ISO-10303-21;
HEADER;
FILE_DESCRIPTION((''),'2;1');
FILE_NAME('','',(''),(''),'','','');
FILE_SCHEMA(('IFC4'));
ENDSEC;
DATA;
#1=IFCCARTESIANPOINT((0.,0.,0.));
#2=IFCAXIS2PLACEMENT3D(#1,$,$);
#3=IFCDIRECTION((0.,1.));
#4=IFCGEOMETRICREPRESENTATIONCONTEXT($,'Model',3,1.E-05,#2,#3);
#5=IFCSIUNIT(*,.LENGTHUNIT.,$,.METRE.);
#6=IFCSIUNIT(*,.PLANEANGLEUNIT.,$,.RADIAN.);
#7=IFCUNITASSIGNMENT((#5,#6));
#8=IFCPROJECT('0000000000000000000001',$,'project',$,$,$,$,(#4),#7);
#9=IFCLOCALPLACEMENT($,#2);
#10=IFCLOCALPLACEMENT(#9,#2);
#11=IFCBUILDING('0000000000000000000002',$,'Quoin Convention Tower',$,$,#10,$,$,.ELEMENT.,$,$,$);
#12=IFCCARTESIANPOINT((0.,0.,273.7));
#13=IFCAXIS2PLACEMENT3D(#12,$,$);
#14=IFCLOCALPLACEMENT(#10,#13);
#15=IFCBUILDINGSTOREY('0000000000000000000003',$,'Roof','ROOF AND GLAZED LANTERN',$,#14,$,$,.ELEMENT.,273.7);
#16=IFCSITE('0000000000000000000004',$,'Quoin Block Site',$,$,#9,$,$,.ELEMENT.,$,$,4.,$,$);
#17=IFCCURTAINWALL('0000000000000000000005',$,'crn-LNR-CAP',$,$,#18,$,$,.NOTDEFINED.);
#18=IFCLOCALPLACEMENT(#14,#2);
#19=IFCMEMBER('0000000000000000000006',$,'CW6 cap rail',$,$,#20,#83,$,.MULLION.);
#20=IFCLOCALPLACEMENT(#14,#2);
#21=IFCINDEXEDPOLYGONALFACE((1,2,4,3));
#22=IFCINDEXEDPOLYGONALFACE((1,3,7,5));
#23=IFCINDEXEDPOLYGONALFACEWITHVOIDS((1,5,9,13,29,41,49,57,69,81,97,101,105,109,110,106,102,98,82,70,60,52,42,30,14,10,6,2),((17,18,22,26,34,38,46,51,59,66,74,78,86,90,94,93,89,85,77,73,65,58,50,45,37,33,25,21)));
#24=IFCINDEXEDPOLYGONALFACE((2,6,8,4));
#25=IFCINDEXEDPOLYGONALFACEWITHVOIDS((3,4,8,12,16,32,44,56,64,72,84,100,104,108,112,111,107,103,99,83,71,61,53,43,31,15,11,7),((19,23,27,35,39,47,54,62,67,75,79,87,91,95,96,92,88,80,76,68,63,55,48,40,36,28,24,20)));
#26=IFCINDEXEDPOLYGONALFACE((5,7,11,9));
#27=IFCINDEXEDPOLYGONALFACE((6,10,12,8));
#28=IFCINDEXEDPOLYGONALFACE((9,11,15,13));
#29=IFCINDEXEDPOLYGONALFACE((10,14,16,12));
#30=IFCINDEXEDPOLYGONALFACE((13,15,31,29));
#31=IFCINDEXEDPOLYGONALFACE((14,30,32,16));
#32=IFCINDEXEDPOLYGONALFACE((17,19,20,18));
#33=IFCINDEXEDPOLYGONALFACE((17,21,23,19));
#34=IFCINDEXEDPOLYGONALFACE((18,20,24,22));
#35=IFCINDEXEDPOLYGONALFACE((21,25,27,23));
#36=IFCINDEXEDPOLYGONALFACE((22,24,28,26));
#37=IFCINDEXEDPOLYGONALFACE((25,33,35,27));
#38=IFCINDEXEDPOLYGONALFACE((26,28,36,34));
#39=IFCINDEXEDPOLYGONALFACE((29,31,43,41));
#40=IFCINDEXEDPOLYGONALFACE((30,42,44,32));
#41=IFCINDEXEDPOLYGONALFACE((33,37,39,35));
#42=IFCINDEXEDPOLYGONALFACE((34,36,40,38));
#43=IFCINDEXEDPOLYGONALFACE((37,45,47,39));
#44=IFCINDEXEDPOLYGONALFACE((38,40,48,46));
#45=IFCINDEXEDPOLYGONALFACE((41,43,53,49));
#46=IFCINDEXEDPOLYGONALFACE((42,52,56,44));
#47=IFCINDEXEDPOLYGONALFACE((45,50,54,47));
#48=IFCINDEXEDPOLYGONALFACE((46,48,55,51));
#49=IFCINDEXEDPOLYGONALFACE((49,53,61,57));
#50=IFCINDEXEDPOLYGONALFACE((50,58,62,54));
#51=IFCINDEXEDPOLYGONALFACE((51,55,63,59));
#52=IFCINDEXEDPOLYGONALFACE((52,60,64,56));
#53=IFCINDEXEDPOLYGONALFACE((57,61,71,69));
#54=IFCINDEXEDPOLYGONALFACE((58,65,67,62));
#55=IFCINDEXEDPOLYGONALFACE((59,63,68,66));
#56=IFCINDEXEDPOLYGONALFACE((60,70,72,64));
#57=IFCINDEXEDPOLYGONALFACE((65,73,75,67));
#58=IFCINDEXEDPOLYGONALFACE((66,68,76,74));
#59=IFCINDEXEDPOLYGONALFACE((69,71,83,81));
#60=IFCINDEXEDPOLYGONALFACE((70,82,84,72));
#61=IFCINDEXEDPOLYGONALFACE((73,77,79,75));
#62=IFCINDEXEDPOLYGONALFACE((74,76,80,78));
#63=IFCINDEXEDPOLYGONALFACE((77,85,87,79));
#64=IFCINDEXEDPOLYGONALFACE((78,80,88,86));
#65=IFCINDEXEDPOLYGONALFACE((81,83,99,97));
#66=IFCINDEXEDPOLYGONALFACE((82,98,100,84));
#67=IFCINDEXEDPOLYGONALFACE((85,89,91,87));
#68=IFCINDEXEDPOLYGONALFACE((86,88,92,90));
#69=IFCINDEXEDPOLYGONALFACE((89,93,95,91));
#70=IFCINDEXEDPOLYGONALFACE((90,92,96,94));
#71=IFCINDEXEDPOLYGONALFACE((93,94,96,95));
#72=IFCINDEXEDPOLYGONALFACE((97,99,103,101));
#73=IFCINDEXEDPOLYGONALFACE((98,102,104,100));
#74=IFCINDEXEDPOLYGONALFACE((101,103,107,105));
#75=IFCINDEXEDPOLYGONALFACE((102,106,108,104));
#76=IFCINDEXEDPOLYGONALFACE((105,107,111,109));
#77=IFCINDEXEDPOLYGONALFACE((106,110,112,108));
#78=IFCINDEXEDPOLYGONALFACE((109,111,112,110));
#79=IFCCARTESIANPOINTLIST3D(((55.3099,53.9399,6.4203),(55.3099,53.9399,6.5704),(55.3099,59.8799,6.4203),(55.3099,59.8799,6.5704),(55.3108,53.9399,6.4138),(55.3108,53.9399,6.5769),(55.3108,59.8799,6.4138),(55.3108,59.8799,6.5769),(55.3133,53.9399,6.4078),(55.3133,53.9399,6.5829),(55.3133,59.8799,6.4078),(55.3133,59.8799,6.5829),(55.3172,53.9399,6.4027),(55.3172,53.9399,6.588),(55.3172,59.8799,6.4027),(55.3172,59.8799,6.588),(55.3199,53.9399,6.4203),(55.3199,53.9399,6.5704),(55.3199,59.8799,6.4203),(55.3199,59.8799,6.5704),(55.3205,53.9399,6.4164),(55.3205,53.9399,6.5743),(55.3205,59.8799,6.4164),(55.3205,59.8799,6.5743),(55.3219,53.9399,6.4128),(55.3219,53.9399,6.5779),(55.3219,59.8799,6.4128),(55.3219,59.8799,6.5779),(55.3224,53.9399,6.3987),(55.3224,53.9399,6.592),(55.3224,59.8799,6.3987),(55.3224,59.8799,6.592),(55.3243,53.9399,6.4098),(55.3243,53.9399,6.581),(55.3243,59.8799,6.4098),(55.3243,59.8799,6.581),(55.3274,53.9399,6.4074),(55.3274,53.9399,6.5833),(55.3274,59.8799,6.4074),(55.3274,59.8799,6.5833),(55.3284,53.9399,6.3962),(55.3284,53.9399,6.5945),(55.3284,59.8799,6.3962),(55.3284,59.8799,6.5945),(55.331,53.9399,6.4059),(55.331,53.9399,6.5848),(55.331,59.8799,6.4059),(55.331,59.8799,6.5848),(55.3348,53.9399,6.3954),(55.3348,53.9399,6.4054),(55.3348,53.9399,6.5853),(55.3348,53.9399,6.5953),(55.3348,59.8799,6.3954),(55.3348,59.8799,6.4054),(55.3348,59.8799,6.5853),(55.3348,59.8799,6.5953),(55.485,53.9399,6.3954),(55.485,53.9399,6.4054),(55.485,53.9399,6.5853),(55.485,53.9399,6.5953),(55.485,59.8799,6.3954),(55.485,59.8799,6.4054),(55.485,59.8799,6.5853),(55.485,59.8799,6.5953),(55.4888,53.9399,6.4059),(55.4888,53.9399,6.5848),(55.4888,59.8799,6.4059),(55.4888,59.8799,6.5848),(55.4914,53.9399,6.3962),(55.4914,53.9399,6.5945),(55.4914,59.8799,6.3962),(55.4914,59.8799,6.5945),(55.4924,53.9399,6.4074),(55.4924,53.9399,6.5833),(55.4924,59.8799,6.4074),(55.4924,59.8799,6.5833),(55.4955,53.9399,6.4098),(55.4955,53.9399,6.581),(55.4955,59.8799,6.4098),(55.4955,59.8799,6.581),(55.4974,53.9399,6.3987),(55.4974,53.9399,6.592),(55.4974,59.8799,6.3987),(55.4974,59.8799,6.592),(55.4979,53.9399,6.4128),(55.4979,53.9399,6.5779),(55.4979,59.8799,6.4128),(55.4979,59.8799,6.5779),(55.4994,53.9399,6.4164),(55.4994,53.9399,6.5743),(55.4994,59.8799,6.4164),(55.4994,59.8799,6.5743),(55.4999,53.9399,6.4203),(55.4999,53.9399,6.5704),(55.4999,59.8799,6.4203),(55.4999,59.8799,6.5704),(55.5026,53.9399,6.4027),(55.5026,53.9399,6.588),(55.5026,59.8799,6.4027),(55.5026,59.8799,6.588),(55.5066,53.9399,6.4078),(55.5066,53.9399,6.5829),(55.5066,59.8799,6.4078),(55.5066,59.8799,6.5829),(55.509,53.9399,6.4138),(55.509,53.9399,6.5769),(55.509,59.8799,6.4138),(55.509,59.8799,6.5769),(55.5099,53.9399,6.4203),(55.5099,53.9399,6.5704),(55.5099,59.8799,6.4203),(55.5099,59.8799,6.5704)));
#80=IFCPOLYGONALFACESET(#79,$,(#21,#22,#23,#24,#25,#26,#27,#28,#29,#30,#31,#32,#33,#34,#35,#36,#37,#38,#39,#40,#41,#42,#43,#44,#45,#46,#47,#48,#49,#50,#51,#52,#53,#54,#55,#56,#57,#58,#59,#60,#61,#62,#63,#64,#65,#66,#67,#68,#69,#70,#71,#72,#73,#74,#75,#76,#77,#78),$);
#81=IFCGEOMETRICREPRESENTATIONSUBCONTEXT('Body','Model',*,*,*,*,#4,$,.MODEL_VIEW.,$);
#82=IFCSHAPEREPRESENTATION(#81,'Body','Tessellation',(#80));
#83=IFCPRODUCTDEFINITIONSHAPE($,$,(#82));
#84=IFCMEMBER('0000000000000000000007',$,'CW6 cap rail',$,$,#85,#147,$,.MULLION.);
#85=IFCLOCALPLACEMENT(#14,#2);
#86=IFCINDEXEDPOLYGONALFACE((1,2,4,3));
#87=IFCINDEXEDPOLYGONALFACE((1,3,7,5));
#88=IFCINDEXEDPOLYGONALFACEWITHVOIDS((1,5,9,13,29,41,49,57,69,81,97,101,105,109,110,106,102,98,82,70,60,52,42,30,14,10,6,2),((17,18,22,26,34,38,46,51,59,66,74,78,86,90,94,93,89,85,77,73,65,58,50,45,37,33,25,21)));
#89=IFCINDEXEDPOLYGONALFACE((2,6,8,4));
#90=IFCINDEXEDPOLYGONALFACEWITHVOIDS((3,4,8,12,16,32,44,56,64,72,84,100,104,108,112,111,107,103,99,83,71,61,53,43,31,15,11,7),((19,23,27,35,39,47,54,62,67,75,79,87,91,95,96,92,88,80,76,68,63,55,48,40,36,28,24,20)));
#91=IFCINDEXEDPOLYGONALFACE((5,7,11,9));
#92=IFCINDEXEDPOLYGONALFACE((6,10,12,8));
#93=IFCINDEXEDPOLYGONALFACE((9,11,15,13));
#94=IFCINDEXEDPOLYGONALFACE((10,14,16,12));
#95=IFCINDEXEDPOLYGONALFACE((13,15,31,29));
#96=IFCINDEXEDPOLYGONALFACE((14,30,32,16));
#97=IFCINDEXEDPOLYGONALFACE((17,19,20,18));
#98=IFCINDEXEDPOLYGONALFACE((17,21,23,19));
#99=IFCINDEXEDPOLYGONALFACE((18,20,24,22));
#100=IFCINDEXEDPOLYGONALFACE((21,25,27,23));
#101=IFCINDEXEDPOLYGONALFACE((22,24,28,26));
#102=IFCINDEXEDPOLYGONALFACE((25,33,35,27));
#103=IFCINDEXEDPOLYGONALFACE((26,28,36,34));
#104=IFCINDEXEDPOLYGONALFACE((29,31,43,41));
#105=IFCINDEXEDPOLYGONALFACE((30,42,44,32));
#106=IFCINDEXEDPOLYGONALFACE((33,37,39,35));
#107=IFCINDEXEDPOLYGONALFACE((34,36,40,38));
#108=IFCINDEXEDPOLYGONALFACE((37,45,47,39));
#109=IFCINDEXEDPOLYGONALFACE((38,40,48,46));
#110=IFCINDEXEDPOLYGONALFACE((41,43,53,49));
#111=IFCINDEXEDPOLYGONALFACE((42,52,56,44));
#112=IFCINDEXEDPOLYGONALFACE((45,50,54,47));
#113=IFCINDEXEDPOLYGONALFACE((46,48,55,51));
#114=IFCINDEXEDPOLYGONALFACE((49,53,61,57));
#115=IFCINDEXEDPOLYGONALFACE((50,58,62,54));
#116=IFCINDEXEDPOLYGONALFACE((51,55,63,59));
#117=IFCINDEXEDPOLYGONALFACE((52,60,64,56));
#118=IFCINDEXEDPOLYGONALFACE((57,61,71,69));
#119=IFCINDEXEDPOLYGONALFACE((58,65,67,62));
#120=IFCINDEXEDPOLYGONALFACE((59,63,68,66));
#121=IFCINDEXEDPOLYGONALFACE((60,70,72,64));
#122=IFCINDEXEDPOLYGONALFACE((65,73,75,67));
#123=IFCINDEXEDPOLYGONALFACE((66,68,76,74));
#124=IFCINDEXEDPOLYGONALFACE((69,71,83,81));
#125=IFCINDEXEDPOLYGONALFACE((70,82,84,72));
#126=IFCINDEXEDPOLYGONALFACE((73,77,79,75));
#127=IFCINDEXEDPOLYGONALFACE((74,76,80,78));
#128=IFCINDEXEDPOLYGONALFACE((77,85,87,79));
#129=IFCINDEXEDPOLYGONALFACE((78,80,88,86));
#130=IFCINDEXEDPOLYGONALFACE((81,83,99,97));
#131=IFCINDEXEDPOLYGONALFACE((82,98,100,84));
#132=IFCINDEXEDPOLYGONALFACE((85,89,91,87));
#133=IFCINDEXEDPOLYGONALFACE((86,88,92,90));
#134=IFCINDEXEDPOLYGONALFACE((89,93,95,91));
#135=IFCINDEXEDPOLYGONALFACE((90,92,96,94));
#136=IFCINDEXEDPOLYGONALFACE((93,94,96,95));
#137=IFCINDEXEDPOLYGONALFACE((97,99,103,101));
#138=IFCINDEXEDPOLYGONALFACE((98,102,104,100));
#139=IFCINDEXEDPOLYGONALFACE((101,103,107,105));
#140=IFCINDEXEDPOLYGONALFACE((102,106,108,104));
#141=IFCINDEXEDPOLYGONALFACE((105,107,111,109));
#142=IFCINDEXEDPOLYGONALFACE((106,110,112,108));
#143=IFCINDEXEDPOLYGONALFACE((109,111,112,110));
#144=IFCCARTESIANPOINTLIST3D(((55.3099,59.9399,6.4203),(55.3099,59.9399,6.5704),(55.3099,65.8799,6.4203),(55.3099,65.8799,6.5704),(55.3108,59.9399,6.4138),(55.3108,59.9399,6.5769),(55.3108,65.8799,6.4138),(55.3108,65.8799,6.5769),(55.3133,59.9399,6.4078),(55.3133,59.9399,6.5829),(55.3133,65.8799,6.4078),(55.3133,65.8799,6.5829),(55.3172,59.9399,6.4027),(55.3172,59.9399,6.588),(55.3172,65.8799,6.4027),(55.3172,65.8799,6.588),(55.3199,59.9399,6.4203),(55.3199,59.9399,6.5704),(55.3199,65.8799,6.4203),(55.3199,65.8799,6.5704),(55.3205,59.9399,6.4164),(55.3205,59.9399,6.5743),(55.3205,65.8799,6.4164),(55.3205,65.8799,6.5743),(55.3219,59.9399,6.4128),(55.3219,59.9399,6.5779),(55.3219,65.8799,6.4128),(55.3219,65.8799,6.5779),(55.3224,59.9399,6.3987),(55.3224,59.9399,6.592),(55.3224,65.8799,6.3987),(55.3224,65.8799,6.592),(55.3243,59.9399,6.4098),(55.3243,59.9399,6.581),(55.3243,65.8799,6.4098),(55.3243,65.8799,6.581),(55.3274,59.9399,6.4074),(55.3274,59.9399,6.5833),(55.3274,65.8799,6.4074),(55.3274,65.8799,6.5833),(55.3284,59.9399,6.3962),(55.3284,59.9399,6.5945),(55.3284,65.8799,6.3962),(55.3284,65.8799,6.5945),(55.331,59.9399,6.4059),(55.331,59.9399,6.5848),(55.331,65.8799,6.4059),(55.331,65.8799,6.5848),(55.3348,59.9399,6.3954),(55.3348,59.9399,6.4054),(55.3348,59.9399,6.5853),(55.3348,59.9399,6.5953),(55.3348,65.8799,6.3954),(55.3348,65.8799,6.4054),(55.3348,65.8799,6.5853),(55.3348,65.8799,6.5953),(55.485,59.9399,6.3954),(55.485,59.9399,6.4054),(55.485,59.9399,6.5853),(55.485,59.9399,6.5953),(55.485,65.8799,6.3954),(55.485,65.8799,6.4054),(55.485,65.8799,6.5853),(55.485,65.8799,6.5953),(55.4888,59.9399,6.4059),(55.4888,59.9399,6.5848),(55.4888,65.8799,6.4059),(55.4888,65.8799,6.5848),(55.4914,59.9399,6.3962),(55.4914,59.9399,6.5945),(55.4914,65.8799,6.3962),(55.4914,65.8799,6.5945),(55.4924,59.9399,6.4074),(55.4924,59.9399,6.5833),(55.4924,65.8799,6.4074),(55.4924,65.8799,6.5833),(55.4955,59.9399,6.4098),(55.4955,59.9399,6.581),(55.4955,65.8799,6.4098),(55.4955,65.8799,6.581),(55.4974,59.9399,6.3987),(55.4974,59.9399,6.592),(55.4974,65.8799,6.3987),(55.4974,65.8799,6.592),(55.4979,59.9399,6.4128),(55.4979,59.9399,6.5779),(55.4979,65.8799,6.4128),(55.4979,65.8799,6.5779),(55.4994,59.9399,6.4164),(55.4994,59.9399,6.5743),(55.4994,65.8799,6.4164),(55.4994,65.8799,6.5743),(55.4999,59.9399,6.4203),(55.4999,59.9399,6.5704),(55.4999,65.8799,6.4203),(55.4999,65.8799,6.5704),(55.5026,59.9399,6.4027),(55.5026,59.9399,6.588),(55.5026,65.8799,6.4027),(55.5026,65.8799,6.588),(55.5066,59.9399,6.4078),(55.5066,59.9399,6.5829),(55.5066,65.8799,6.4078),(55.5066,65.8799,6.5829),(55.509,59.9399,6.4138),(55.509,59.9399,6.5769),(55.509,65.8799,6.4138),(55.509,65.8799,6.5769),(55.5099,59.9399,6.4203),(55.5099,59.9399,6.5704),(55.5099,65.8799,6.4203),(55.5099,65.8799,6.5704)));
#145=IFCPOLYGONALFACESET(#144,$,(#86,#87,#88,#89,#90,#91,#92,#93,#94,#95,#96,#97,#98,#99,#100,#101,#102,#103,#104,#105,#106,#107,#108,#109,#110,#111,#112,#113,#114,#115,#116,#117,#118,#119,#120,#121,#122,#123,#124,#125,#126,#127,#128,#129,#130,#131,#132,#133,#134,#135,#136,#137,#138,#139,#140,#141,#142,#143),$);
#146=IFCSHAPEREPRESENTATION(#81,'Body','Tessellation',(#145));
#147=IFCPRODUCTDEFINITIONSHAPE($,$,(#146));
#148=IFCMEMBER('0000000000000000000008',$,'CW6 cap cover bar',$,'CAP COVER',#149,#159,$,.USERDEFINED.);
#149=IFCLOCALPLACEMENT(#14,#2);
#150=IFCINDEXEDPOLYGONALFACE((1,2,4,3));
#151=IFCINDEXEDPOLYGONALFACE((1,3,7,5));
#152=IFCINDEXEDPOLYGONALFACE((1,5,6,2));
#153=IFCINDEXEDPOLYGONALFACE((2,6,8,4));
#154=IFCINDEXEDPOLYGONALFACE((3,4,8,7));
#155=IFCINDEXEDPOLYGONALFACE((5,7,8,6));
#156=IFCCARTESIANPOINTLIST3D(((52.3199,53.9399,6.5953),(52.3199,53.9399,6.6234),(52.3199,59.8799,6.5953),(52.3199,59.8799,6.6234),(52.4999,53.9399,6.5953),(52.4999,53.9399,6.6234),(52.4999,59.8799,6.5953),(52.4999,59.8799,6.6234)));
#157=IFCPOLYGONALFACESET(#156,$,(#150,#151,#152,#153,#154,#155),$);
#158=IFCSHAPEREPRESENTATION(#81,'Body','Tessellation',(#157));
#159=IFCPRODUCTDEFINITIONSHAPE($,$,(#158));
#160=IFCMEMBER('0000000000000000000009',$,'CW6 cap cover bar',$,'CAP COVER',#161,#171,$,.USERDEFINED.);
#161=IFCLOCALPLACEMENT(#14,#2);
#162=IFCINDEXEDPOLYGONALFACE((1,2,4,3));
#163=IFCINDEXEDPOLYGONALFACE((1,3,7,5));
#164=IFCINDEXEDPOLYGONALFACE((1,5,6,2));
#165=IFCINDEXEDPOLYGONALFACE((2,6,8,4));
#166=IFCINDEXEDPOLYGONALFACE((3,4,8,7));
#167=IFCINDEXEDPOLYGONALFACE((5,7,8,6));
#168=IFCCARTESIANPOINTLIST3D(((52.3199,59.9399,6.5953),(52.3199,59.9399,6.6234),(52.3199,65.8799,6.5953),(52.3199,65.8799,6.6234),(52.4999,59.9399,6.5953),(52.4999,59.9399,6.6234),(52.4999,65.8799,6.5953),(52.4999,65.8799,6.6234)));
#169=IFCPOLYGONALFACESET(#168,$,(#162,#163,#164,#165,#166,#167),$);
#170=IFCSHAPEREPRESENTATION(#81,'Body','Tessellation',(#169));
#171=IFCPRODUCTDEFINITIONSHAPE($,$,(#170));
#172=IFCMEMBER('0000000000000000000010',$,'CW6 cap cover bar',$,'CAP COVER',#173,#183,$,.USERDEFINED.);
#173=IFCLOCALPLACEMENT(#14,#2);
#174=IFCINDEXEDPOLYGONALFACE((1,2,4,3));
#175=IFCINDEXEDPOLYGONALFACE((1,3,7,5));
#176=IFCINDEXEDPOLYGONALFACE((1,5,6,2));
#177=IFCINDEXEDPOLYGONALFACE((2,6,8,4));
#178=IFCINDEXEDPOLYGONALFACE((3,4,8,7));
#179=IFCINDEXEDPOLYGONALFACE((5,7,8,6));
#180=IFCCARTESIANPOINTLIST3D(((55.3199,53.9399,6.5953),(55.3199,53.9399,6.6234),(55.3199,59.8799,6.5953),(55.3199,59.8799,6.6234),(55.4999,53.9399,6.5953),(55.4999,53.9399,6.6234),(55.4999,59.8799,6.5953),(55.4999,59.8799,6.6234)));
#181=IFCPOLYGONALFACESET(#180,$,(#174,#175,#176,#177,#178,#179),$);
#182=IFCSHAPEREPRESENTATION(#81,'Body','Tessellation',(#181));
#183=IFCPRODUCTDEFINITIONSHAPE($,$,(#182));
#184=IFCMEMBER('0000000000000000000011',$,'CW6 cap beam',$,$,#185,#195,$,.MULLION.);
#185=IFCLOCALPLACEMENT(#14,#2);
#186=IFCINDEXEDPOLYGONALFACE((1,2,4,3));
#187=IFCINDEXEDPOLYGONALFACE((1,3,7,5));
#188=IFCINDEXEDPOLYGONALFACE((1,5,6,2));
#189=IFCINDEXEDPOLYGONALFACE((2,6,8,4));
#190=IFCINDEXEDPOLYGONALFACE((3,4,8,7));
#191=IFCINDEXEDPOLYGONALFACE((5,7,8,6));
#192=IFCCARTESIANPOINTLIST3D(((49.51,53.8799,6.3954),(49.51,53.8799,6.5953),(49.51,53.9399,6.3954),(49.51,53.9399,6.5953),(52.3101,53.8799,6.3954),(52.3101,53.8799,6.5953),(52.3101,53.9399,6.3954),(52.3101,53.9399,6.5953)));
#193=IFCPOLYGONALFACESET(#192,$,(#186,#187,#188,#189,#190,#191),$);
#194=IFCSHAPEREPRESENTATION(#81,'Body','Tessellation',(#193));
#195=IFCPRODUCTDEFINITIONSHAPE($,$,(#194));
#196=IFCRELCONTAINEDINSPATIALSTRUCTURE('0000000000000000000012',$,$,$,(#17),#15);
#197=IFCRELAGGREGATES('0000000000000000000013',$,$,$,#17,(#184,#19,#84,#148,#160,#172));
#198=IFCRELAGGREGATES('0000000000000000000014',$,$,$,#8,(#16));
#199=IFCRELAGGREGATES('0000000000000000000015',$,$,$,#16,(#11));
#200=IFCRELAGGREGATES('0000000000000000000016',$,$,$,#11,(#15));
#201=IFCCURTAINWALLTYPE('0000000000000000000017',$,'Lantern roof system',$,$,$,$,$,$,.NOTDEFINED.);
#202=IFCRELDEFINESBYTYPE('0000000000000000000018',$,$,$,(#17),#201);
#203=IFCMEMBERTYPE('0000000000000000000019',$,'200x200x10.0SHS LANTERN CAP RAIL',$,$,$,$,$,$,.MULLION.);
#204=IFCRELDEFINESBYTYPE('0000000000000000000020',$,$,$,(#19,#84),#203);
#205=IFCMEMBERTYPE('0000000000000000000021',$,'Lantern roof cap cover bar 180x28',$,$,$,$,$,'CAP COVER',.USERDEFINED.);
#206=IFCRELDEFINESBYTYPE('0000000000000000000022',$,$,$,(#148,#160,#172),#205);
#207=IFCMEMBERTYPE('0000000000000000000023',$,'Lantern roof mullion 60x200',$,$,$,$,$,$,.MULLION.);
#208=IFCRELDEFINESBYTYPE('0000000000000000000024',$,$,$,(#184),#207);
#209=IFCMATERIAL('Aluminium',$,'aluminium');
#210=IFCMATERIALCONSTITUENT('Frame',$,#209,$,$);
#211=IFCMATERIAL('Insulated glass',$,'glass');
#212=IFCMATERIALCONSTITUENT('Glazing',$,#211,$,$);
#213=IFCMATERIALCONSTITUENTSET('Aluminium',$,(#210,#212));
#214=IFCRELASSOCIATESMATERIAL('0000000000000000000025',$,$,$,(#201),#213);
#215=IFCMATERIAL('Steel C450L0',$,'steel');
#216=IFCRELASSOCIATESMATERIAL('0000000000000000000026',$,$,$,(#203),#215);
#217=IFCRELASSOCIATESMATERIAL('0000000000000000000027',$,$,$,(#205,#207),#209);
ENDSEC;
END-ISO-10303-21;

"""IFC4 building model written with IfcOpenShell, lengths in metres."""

from ifc_helpers import new_model, si_unit, direction, frame, origin, origin_2d, place, context, subcontext, project, spatial, rectangle, hollow_rectangle, extrude, material, constituent, constituent_set, material_profile, profile_set, type_object, element, aggregate, save


model = new_model("IFC4")

# Units and contexts
model_context = context("Model", 3, precision=1e-05, world=origin(), true_north=direction((0.0, 1.0)))
body_context = subcontext(model_context, "Body", "Model", "MODEL_VIEW")
ifc_project = project(units=[si_unit("LENGTHUNIT", "METRE"), si_unit("PLANEANGLEUNIT", "RADIAN")], contexts=[model_context])

# Site, building, storey
site_placement = place(None, origin())
site = spatial("IfcSite", under=ifc_project, at=site_placement, Name="Quoin Block Site", CompositionType="ELEMENT", RefElevation=4.0)
building_placement = place(site_placement, origin())
building = spatial("IfcBuilding", under=site, at=building_placement, Name="Quoin Convention Tower", CompositionType="ELEMENT")
storey_placement = place(building_placement, frame((0.0, 0.0, 273.7)))
storey = spatial("IfcBuildingStorey", under=building, at=storey_placement, Name="Roof", Description="ROOF AND GLAZED LANTERN", CompositionType="ELEMENT", Elevation=273.7)

# Curtain wall, members
ifc_material_1 = material(Name="Aluminium", Category="aluminium")
ifc_constituent_1 = constituent(ifc_material_1, Name="Frame")
ifc_material_2 = material(Name="Insulated glass", Category="glass")
ifc_constituent_2 = constituent(ifc_material_2, Name="Glazing")
ifc_constituent_set = constituent_set(constituents=[ifc_constituent_1, ifc_constituent_2], Name="Aluminium")
curtain_wall_type = type_object("IfcCurtainWallType", Name="Lantern roof system", PredefinedType="NOTDEFINED", material=ifc_constituent_set)
curtain_wall_placement = place(storey_placement, origin())
curtain_wall = element("IfcCurtainWall", 1, at=curtain_wall_placement, inside=storey, type_object=curtain_wall_type, Name="crn-LNR-CAP", PredefinedType="NOTDEFINED")
ifc_material_3 = material(Name="Steel C450L0", Category="steel")
ifc_material_profile_1 = material_profile(ifc_material_3, hollow_rectangle(XDim=0.2, YDim=0.2, WallThickness=0.01, InnerFilletRadius=0.0149, OuterFilletRadius=0.0249, at=origin_2d()), Name="200x200x10.0SHS")
ifc_profile_set_1 = profile_set([ifc_material_profile_1], Name="Steel C450L0")
member_type_1 = type_object("IfcMemberType", Name="200x200x10.0SHS LANTERN CAP RAIL", PredefinedType="MULLION", material=ifc_profile_set_1)
member_1_placement = place(storey_placement, frame((55.4099, 53.9399, 6.4954), z_axis=(0.0, 1.0, 0.0), x_axis=(-1.0, 0.0, 0.0)))
member_1 = element("IfcMember", 2, at=member_1_placement, type_object=member_type_1, Name="CW6 cap rail", PredefinedType="MULLION", context=body_context, shape_type="SweptSolid", body=[
    extrude(hollow_rectangle(XDim=0.2, YDim=0.2, WallThickness=0.01, InnerFilletRadius=0.0149, OuterFilletRadius=0.0249, at=origin_2d()), origin(), (0.0, 0.0, 1.0), 5.9399),
])
member_2_placement = place(storey_placement, frame((55.4099, 59.9399, 6.4954), z_axis=(0.0, 1.0, 0.0), x_axis=(-1.0, 0.0, 0.0)))
member_2 = element("IfcMember", 3, at=member_2_placement, type_object=member_type_1, Name="CW6 cap rail", PredefinedType="MULLION", context=body_context, shape_type="SweptSolid", body=[
    extrude(hollow_rectangle(XDim=0.2, YDim=0.2, WallThickness=0.01, InnerFilletRadius=0.0149, OuterFilletRadius=0.0249, at=origin_2d()), origin(), (0.0, 0.0, 1.0), 5.9399),
])
ifc_material_profile_2 = material_profile(ifc_material_1, rectangle(XDim=0.0281, YDim=0.1799, at=origin_2d()), Name="Lantern roof cap cover bar 180x28")
ifc_profile_set_2 = profile_set([ifc_material_profile_2], Name="Aluminium")
member_type_2 = type_object("IfcMemberType", Name="Lantern roof cap cover bar 180x28", ElementType="CAP COVER", PredefinedType="USERDEFINED", material=ifc_profile_set_2)
member_3_placement = place(storey_placement, frame((52.4099, 53.9399, 6.6094), z_axis=(0.0, 1.0, 0.0), x_axis=(0.0, 0.0, 1.0)))
member_3 = element("IfcMember", 4, at=member_3_placement, type_object=member_type_2, Name="CW6 cap cover bar", ObjectType="CAP COVER", PredefinedType="USERDEFINED", context=body_context, shape_type="SweptSolid", body=[
    extrude(rectangle(XDim=0.0281, YDim=0.1799, at=origin_2d()), origin(), (0.0, 0.0, 1.0), 5.9399),
])
member_4_placement = place(storey_placement, frame((52.4099, 59.9399, 6.6094), z_axis=(0.0, 1.0, 0.0), x_axis=(0.0, 0.0, 1.0)))
member_4 = element("IfcMember", 5, at=member_4_placement, type_object=member_type_2, Name="CW6 cap cover bar", ObjectType="CAP COVER", PredefinedType="USERDEFINED", context=body_context, shape_type="SweptSolid", body=[
    extrude(rectangle(XDim=0.0281, YDim=0.1799, at=origin_2d()), origin(), (0.0, 0.0, 1.0), 5.9399),
])
member_5_placement = place(storey_placement, frame((55.4099, 53.9399, 6.6094), z_axis=(0.0, 1.0, 0.0), x_axis=(0.0, 0.0, 1.0)))
member_5 = element("IfcMember", 6, at=member_5_placement, type_object=member_type_2, Name="CW6 cap cover bar", ObjectType="CAP COVER", PredefinedType="USERDEFINED", context=body_context, shape_type="SweptSolid", body=[
    extrude(rectangle(XDim=0.0281, YDim=0.1799, at=origin_2d()), origin(), (0.0, 0.0, 1.0), 5.9399),
])
ifc_material_profile_3 = material_profile(ifc_material_1, rectangle(XDim=0.2, YDim=0.0601, at=origin_2d()), Name="Lantern roof mullion 60x200")
ifc_profile_set_3 = profile_set([ifc_material_profile_3], Name="Aluminium")
member_type_3 = type_object("IfcMemberType", Name="Lantern roof mullion 60x200", PredefinedType="MULLION", material=ifc_profile_set_3)
member_6_placement = place(storey_placement, frame((49.51, 53.9099, 6.4954), z_axis=(1.0, 0.0, 0.0), x_axis=(0.0, 0.0, 1.0)))
member_6 = element("IfcMember", 7, at=member_6_placement, type_object=member_type_3, Name="CW6 cap beam", PredefinedType="MULLION", context=body_context, shape_type="SweptSolid", body=[
    extrude(rectangle(XDim=0.2, YDim=0.0601, at=origin_2d()), origin(), (0.0, 0.0, 1.0), 2.8),
])
aggregate(curtain_wall, [member_6, member_1, member_2, member_3, member_4, member_5])

save(model, "model.ifc")
